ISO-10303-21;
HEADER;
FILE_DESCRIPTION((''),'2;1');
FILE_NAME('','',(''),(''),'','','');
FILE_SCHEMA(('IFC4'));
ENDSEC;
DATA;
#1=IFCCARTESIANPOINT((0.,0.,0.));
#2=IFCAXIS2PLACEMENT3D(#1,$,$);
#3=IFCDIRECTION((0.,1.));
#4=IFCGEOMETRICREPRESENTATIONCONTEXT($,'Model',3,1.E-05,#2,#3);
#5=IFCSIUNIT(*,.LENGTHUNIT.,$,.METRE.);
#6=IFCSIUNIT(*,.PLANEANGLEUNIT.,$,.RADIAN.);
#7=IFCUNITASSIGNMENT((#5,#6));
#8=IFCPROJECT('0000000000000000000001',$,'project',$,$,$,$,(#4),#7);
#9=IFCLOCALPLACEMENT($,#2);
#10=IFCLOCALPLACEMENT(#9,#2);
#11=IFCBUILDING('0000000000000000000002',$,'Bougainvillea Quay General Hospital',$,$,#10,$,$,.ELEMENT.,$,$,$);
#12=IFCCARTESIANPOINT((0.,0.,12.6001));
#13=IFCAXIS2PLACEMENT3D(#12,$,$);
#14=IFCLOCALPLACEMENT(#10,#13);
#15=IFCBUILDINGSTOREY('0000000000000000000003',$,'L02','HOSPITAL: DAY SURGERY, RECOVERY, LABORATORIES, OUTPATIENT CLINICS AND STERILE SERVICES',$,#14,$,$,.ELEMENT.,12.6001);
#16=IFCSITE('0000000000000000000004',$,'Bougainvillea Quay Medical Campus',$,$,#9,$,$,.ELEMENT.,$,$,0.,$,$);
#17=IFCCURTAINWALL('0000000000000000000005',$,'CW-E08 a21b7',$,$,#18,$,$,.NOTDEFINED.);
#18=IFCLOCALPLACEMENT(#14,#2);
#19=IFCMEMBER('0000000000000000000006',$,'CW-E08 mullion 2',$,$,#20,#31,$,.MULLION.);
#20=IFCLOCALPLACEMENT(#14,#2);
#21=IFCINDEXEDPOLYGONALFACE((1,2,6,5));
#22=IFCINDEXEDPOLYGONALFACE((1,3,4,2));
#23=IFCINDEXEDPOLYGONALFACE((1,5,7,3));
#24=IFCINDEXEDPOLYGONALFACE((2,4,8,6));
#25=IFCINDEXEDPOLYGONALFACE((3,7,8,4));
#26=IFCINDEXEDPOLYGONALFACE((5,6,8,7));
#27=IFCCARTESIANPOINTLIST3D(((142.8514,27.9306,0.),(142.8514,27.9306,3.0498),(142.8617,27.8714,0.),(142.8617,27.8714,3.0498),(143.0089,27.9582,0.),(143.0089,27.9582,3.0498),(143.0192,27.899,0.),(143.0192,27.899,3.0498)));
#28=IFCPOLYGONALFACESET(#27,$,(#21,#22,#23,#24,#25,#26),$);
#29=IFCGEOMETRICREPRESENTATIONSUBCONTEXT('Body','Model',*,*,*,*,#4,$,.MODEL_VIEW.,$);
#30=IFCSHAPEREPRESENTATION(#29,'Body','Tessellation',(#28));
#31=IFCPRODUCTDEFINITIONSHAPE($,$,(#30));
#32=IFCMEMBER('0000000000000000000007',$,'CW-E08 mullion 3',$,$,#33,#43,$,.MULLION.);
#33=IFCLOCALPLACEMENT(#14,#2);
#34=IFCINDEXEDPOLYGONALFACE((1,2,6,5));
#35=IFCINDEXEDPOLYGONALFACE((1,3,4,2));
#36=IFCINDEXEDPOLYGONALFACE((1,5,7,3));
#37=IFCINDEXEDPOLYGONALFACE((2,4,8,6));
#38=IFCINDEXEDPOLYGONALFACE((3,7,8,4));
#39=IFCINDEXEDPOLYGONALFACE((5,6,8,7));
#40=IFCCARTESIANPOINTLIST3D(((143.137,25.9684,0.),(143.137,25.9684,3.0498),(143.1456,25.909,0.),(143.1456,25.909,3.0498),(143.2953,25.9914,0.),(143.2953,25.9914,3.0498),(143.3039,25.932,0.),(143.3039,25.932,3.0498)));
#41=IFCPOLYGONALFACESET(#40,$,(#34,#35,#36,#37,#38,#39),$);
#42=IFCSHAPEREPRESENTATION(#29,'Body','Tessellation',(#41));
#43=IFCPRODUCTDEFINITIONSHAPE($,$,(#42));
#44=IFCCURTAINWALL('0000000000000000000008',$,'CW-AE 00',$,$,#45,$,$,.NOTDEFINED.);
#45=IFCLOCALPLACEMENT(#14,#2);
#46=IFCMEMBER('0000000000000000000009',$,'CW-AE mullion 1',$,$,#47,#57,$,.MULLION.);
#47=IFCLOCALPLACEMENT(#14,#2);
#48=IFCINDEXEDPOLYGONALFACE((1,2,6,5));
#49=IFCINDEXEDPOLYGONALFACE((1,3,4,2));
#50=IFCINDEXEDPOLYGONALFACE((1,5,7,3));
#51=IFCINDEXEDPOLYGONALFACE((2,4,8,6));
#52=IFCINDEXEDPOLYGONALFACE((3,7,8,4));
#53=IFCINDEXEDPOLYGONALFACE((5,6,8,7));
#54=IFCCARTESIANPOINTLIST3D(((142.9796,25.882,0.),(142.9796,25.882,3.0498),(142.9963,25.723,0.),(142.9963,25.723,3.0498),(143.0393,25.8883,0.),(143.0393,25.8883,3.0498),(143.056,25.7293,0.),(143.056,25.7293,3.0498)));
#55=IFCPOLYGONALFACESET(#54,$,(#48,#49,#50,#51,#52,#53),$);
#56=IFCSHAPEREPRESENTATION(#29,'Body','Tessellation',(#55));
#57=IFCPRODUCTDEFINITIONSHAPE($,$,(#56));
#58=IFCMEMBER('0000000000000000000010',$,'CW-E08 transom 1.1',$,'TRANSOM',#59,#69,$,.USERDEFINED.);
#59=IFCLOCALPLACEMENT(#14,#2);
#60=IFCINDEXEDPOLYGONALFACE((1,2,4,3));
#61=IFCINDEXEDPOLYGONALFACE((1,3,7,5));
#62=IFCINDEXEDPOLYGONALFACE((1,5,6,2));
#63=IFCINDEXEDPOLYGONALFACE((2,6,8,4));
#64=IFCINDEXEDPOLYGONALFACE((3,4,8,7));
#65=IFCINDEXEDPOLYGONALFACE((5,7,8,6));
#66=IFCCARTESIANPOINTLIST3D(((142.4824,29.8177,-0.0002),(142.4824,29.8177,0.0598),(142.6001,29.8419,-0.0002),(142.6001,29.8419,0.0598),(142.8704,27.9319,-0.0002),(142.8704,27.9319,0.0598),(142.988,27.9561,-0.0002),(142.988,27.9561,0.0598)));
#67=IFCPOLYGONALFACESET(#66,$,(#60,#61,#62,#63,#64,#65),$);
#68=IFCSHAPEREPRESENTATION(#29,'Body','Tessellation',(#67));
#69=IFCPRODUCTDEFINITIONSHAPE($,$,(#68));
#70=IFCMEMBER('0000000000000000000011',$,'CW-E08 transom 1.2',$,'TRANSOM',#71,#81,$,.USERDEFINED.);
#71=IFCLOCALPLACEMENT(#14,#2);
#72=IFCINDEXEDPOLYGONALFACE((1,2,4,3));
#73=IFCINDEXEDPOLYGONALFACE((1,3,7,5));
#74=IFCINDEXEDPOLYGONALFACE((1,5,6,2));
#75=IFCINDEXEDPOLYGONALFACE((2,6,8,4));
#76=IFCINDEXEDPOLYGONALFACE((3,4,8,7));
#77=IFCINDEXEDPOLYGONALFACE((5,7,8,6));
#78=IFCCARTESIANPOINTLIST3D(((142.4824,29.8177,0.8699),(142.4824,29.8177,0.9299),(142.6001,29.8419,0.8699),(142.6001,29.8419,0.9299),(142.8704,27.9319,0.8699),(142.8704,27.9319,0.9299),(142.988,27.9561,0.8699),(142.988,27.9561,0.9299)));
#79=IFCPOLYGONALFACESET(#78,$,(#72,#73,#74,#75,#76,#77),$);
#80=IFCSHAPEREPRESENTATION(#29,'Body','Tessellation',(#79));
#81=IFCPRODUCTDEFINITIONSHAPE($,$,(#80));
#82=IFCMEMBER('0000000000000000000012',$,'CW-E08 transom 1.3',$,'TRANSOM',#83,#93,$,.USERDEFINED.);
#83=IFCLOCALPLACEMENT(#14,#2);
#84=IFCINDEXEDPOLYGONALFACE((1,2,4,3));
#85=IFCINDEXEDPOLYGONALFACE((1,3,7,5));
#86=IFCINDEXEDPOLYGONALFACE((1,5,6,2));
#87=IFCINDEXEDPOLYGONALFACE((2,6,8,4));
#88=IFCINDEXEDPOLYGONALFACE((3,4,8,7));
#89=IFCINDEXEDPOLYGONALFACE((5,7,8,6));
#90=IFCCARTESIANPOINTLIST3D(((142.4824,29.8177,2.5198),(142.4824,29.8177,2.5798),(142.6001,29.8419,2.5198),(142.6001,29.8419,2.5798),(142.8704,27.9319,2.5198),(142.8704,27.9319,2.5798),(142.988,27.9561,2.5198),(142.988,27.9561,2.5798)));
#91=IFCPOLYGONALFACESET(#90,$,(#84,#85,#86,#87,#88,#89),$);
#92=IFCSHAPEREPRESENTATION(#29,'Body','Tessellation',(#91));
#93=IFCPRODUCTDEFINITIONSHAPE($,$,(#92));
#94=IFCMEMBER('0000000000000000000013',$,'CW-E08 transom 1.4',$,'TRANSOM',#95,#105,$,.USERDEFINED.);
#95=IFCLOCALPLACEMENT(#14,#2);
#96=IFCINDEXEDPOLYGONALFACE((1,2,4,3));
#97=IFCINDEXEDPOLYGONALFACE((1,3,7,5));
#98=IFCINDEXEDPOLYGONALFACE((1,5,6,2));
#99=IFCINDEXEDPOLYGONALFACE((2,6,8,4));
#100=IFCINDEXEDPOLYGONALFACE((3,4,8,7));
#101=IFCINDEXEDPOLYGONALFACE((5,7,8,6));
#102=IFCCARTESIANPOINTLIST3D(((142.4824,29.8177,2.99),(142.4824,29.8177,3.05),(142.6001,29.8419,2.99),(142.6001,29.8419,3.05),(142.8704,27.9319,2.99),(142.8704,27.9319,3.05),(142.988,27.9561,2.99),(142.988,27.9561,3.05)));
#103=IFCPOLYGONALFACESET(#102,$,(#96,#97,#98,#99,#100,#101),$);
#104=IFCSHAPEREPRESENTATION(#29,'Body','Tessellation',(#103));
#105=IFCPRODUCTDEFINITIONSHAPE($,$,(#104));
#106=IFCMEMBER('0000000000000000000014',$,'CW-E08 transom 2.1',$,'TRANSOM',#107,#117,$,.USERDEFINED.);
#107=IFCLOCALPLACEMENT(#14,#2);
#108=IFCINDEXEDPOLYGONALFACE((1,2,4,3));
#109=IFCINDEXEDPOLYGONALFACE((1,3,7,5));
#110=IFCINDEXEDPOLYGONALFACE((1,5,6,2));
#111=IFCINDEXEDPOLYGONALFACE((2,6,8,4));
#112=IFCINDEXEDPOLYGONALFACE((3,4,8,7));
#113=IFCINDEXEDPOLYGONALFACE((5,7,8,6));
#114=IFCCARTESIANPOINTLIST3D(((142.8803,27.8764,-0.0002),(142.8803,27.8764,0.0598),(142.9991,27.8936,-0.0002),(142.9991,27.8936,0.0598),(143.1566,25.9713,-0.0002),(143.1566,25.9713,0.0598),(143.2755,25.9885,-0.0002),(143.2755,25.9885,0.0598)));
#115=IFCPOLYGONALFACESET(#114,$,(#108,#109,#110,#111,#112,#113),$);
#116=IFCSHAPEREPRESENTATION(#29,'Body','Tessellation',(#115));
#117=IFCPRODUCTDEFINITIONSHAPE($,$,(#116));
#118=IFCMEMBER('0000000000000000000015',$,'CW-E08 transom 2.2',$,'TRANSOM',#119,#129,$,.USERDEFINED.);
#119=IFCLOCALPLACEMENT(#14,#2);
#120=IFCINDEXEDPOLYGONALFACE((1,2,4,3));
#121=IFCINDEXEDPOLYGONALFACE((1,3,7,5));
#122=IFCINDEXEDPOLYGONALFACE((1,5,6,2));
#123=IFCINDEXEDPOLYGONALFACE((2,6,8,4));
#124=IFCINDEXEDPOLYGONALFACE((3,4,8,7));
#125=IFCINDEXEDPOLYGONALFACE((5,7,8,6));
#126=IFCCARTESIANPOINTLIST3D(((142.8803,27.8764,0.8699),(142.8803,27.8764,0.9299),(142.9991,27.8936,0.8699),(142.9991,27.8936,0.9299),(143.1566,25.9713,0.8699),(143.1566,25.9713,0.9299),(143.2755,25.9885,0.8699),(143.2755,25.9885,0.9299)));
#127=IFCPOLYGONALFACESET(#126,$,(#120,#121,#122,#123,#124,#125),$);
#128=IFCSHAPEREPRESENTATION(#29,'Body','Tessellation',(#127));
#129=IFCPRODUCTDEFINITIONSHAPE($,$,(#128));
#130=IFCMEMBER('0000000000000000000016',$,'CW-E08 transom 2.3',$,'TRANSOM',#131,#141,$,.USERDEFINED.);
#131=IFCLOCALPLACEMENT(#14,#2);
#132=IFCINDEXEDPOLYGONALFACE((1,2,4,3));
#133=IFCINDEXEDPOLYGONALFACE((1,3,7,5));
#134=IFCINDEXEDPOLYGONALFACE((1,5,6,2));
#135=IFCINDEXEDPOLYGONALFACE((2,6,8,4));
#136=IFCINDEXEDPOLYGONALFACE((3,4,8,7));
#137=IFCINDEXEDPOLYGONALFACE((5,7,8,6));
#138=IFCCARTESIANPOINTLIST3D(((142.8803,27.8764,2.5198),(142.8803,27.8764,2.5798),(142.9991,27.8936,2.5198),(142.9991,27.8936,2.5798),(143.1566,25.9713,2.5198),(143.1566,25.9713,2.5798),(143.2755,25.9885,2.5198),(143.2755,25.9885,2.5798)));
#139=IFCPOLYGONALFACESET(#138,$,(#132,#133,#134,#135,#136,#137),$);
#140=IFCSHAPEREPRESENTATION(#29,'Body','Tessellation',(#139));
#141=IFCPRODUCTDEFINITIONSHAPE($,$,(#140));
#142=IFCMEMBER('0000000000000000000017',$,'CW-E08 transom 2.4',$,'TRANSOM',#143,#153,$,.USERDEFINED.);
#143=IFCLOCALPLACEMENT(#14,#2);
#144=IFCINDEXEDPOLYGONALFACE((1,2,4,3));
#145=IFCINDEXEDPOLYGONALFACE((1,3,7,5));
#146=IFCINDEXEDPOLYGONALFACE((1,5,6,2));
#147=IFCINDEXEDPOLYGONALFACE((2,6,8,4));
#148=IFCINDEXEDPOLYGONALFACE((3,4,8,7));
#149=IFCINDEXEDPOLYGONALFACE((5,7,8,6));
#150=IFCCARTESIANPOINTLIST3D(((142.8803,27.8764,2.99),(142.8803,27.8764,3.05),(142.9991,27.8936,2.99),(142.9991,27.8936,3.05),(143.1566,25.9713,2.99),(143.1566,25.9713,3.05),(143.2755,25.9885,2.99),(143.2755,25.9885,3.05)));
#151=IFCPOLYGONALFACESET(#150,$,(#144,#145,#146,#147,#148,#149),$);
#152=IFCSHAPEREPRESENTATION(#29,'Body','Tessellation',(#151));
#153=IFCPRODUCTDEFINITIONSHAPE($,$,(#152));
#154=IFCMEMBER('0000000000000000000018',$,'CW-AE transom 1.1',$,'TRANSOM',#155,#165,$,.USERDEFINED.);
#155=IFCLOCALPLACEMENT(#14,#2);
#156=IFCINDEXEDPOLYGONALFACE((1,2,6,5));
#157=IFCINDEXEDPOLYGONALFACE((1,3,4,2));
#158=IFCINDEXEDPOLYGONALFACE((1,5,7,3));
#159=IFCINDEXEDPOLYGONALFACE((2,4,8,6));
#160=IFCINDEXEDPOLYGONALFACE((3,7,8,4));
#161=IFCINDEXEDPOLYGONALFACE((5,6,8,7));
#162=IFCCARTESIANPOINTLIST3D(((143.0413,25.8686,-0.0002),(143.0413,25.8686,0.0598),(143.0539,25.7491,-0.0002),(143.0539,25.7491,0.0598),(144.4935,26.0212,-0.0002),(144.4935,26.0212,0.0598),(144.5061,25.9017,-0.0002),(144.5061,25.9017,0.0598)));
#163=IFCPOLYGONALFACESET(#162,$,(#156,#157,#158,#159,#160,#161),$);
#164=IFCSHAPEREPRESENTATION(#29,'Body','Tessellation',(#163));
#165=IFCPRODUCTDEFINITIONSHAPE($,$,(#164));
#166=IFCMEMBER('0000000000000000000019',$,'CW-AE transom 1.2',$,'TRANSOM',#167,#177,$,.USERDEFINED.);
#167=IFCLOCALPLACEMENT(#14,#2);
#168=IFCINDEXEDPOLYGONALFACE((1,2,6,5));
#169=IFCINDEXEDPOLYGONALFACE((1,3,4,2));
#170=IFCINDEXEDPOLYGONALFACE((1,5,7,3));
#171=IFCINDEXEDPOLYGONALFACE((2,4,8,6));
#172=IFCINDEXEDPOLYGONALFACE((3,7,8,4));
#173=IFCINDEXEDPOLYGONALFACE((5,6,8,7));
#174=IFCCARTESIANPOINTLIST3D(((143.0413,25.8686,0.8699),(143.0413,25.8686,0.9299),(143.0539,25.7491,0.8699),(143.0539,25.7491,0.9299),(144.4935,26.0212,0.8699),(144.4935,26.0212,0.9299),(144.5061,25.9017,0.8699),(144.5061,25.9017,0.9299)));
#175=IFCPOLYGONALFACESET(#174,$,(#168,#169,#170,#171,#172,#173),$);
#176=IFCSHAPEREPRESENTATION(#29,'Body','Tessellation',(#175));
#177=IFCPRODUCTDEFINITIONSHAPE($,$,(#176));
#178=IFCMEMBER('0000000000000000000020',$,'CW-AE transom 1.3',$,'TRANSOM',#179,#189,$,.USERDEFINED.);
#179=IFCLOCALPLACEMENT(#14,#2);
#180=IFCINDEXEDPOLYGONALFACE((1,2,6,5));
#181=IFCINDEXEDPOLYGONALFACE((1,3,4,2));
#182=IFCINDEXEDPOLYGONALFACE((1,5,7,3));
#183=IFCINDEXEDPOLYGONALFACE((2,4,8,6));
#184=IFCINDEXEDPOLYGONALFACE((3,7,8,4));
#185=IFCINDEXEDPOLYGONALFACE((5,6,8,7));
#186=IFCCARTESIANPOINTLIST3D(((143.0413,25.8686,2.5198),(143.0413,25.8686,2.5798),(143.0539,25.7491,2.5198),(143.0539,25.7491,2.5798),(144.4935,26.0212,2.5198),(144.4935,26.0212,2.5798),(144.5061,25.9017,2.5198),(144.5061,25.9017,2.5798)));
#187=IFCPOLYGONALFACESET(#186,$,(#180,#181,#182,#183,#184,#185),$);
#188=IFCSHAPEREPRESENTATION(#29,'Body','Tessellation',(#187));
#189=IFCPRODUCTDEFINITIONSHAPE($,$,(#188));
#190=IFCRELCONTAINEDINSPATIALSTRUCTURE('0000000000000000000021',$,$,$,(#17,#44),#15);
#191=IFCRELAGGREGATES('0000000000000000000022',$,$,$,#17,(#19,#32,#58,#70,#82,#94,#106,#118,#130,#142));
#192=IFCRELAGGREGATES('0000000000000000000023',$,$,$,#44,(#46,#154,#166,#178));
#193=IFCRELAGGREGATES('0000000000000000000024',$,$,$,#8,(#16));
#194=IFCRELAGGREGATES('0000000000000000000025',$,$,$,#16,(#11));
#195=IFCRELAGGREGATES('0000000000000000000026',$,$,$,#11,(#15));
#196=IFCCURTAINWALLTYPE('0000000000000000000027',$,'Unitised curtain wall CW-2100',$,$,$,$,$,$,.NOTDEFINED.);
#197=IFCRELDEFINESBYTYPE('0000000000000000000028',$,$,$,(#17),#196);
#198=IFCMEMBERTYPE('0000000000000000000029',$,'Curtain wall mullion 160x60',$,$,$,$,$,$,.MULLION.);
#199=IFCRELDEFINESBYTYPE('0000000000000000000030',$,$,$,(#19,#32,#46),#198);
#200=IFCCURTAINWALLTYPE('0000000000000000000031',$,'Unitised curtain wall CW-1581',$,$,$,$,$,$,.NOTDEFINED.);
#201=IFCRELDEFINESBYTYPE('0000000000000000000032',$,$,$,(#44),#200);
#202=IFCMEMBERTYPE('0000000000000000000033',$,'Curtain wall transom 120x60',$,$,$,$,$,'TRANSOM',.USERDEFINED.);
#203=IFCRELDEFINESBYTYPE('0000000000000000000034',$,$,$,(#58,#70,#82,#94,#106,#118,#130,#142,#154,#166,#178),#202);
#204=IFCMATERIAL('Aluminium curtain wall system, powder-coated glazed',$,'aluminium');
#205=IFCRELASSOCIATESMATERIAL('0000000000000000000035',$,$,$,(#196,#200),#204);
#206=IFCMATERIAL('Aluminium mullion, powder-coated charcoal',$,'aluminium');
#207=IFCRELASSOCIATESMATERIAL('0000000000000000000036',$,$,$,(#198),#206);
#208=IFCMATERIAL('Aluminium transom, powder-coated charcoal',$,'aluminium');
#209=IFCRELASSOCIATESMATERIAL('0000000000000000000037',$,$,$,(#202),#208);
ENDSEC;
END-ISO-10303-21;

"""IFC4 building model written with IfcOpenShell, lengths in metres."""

from ifc_helpers import new_model, si_unit, direction, frame, origin, origin_2d, place, context, subcontext, project, spatial, rectangle, extrude, material, material_profile, profile_set, type_object, element, aggregate, save


model = new_model("IFC4")

# Units and contexts
model_context = context("Model", 3, precision=1e-05, world=origin(), true_north=direction((0.0, 1.0)))
body_context = subcontext(model_context, "Body", "Model", "MODEL_VIEW")
ifc_project = project(units=[si_unit("LENGTHUNIT", "METRE"), si_unit("PLANEANGLEUNIT", "RADIAN")], contexts=[model_context])

# Site, building, storey
site_placement = place(None, origin())
site = spatial("IfcSite", under=ifc_project, at=site_placement, Name="Bougainvillea Quay Medical Campus", CompositionType="ELEMENT", RefElevation=0.0)
building_placement = place(site_placement, origin())
building = spatial("IfcBuilding", under=site, at=building_placement, Name="Bougainvillea Quay General Hospital", CompositionType="ELEMENT")
storey_placement = place(building_placement, frame((0.0, 0.0, 12.6001)))
storey = spatial("IfcBuildingStorey", under=building, at=storey_placement, Name="L02", Description="HOSPITAL: DAY SURGERY, RECOVERY, LABORATORIES, OUTPATIENT CLINICS AND STERILE SERVICES", CompositionType="ELEMENT", Elevation=12.6001)

# Curtain wall, members
ifc_material_1 = material(Name="Aluminium curtain wall system, powder-coated glazed", Category="aluminium")
curtain_wall_type_1 = type_object("IfcCurtainWallType", Name="Unitised curtain wall CW-2100", PredefinedType="NOTDEFINED", material=ifc_material_1)
curtain_wall_1_placement = place(storey_placement, origin())
curtain_wall_1 = element("IfcCurtainWall", 1, at=curtain_wall_1_placement, inside=storey, type_object=curtain_wall_type_1, Name="CW-E08 a21b7", PredefinedType="NOTDEFINED")
ifc_material_2 = material(Name="Aluminium mullion, powder-coated charcoal", Category="aluminium")
ifc_material_profile_1 = material_profile(ifc_material_2, rectangle(XDim=0.1599, YDim=0.0601, at=origin_2d()))
ifc_profile_set_1 = profile_set([ifc_material_profile_1], Name="Aluminium mullion, powder-coated charcoal")
member_type_1 = type_object("IfcMemberType", Name="Curtain wall mullion 160x60", PredefinedType="MULLION", material=ifc_profile_set_1)
member_1_placement = place(storey_placement, frame((142.9353, 27.9148, 0.0), z_axis=(0.0, 0.0, 1.0), x_axis=(0.984976, 0.172694, 0.0)))
member_1 = element("IfcMember", 2, at=member_1_placement, type_object=member_type_1, Name="CW-E08 mullion 2", PredefinedType="MULLION", context=body_context, shape_type="SweptSolid", body=[
    extrude(rectangle(XDim=0.1599, YDim=0.0601, at=origin_2d()), origin(), (0.0, 0.0, 1.0), 3.0498),
])
member_2_placement = place(storey_placement, frame((143.2205, 25.9502, 0.0), z_axis=(0.0, 0.0, 1.0), x_axis=(0.98963, 0.143643, 0.0)))
member_2 = element("IfcMember", 3, at=member_2_placement, type_object=member_type_1, Name="CW-E08 mullion 3", PredefinedType="MULLION", context=body_context, shape_type="SweptSolid", body=[
    extrude(rectangle(XDim=0.1599, YDim=0.0601, at=origin_2d()), origin(), (0.0, 0.0, 1.0), 3.0498),
])

# Curtain wall, member
curtain_wall_type_2 = type_object("IfcCurtainWallType", Name="Unitised curtain wall CW-1581", PredefinedType="NOTDEFINED", material=ifc_material_1)
curtain_wall_2_placement = place(storey_placement, origin())
curtain_wall_2 = element("IfcCurtainWall", 4, at=curtain_wall_2_placement, inside=storey, type_object=curtain_wall_type_2, Name="CW-AE 00", PredefinedType="NOTDEFINED")
member_3_placement = place(storey_placement, frame((143.0178, 25.8057, 0.0), z_axis=(0.0, 0.0, 1.0), x_axis=(-0.104527, 0.994522, 0.0)))
member_3 = element("IfcMember", 5, at=member_3_placement, type_object=member_type_1, Name="CW-AE mullion 1", PredefinedType="MULLION", context=body_context, shape_type="SweptSolid", body=[
    extrude(rectangle(XDim=0.1599, YDim=0.0601, at=origin_2d()), origin(), (0.0, 0.0, 1.0), 3.0498),
])

# Members
ifc_material_3 = material(Name="Aluminium transom, powder-coated charcoal", Category="aluminium")
ifc_material_profile_2 = material_profile(ifc_material_3, rectangle(XDim=0.1201, YDim=0.0601, at=origin_2d()))
ifc_profile_set_2 = profile_set([ifc_material_profile_2], Name="Aluminium transom, powder-coated charcoal")
member_type_2 = type_object("IfcMemberType", Name="Curtain wall transom 120x60", ElementType="TRANSOM", PredefinedType="USERDEFINED", material=ifc_profile_set_2)
member_4_placement = place(storey_placement, frame((142.5413, 29.8298, 0.0298), z_axis=(0.201503, -0.979488, 0.0), x_axis=(0.979488, 0.201503, 0.0)))
member_4 = element("IfcMember", 6, at=member_4_placement, type_object=member_type_2, Name="CW-E08 transom 1.1", ObjectType="TRANSOM", PredefinedType="USERDEFINED", context=body_context, shape_type="SweptSolid", body=[
    extrude(rectangle(XDim=0.1201, YDim=0.0601, at=origin_2d()), origin(), (0.0, 0.0, 1.0), 1.9253),
])
member_5_placement = place(storey_placement, frame((142.5413, 29.8298, 0.8999), z_axis=(0.201503, -0.979488, 0.0), x_axis=(0.979488, 0.201503, 0.0)))
member_5 = element("IfcMember", 7, at=member_5_placement, type_object=member_type_2, Name="CW-E08 transom 1.2", ObjectType="TRANSOM", PredefinedType="USERDEFINED", context=body_context, shape_type="SweptSolid", body=[
    extrude(rectangle(XDim=0.1201, YDim=0.0601, at=origin_2d()), origin(), (0.0, 0.0, 1.0), 1.9253),
])
member_6_placement = place(storey_placement, frame((142.5413, 29.8298, 2.5498), z_axis=(0.201503, -0.979488, 0.0), x_axis=(0.979488, 0.201503, 0.0)))
member_6 = element("IfcMember", 8, at=member_6_placement, type_object=member_type_2, Name="CW-E08 transom 1.3", ObjectType="TRANSOM", PredefinedType="USERDEFINED", context=body_context, shape_type="SweptSolid", body=[
    extrude(rectangle(XDim=0.1201, YDim=0.0601, at=origin_2d()), origin(), (0.0, 0.0, 1.0), 1.9253),
])
member_7_placement = place(storey_placement, frame((142.5413, 29.8298, 3.02), z_axis=(0.201503, -0.979488, 0.0), x_axis=(0.979488, 0.201503, 0.0)))
member_7 = element("IfcMember", 9, at=member_7_placement, type_object=member_type_2, Name="CW-E08 transom 1.4", ObjectType="TRANSOM", PredefinedType="USERDEFINED", context=body_context, shape_type="SweptSolid", body=[
    extrude(rectangle(XDim=0.1201, YDim=0.0601, at=origin_2d()), origin(), (0.0, 0.0, 1.0), 1.9253),
])
member_8_placement = place(storey_placement, frame((142.9397, 27.885, 0.0298), z_axis=(0.143569, -0.98964, 0.0), x_axis=(0.98964, 0.143569, 0.0)))
member_8 = element("IfcMember", 10, at=member_8_placement, type_object=member_type_2, Name="CW-E08 transom 2.1", ObjectType="TRANSOM", PredefinedType="USERDEFINED", context=body_context, shape_type="SweptSolid", body=[
    extrude(rectangle(XDim=0.1201, YDim=0.0601, at=origin_2d()), origin(), (0.0, 0.0, 1.0), 1.925),
])
member_9_placement = place(storey_placement, frame((142.9397, 27.885, 0.8999), z_axis=(0.143569, -0.98964, 0.0), x_axis=(0.98964, 0.143569, 0.0)))
member_9 = element("IfcMember", 11, at=member_9_placement, type_object=member_type_2, Name="CW-E08 transom 2.2", ObjectType="TRANSOM", PredefinedType="USERDEFINED", context=body_context, shape_type="SweptSolid", body=[
    extrude(rectangle(XDim=0.1201, YDim=0.0601, at=origin_2d()), origin(), (0.0, 0.0, 1.0), 1.925),
])
member_10_placement = place(storey_placement, frame((142.9397, 27.885, 2.5498), z_axis=(0.143569, -0.98964, 0.0), x_axis=(0.98964, 0.143569, 0.0)))
member_10 = element("IfcMember", 12, at=member_10_placement, type_object=member_type_2, Name="CW-E08 transom 2.3", ObjectType="TRANSOM", PredefinedType="USERDEFINED", context=body_context, shape_type="SweptSolid", body=[
    extrude(rectangle(XDim=0.1201, YDim=0.0601, at=origin_2d()), origin(), (0.0, 0.0, 1.0), 1.925),
])
member_11_placement = place(storey_placement, frame((142.9397, 27.885, 3.02), z_axis=(0.143569, -0.98964, 0.0), x_axis=(0.98964, 0.143569, 0.0)))
member_11 = element("IfcMember", 13, at=member_11_placement, type_object=member_type_2, Name="CW-E08 transom 2.4", ObjectType="TRANSOM", PredefinedType="USERDEFINED", context=body_context, shape_type="SweptSolid", body=[
    extrude(rectangle(XDim=0.1201, YDim=0.0601, at=origin_2d()), origin(), (0.0, 0.0, 1.0), 1.925),
])
member_12_placement = place(storey_placement, frame((143.0476, 25.8088, 0.0298), z_axis=(0.994525, 0.104502, 0.0), x_axis=(-0.104502, 0.994525, 0.0)))
member_12 = element("IfcMember", 14, at=member_12_placement, type_object=member_type_2, Name="CW-AE transom 1.1", ObjectType="TRANSOM", PredefinedType="USERDEFINED", context=body_context, shape_type="SweptSolid", body=[
    extrude(rectangle(XDim=0.1201, YDim=0.0601, at=origin_2d()), origin(), (0.0, 0.0, 1.0), 1.4602),
])
member_13_placement = place(storey_placement, frame((143.0476, 25.8088, 0.8999), z_axis=(0.994525, 0.104502, 0.0), x_axis=(-0.104502, 0.994525, 0.0)))
member_13 = element("IfcMember", 15, at=member_13_placement, type_object=member_type_2, Name="CW-AE transom 1.2", ObjectType="TRANSOM", PredefinedType="USERDEFINED", context=body_context, shape_type="SweptSolid", body=[
    extrude(rectangle(XDim=0.1201, YDim=0.0601, at=origin_2d()), origin(), (0.0, 0.0, 1.0), 1.4602),
])
member_14_placement = place(storey_placement, frame((143.0476, 25.8088, 2.5498), z_axis=(0.994525, 0.104502, 0.0), x_axis=(-0.104502, 0.994525, 0.0)))
member_14 = element("IfcMember", 16, at=member_14_placement, type_object=member_type_2, Name="CW-AE transom 1.3", ObjectType="TRANSOM", PredefinedType="USERDEFINED", context=body_context, shape_type="SweptSolid", body=[
    extrude(rectangle(XDim=0.1201, YDim=0.0601, at=origin_2d()), origin(), (0.0, 0.0, 1.0), 1.4602),
])

aggregate(curtain_wall_1, [member_1, member_2, member_4, member_5, member_6, member_7, member_8, member_9, member_10, member_11])
aggregate(curtain_wall_2, [member_3, member_12, member_13, member_14])

save(model, "model.ifc")
